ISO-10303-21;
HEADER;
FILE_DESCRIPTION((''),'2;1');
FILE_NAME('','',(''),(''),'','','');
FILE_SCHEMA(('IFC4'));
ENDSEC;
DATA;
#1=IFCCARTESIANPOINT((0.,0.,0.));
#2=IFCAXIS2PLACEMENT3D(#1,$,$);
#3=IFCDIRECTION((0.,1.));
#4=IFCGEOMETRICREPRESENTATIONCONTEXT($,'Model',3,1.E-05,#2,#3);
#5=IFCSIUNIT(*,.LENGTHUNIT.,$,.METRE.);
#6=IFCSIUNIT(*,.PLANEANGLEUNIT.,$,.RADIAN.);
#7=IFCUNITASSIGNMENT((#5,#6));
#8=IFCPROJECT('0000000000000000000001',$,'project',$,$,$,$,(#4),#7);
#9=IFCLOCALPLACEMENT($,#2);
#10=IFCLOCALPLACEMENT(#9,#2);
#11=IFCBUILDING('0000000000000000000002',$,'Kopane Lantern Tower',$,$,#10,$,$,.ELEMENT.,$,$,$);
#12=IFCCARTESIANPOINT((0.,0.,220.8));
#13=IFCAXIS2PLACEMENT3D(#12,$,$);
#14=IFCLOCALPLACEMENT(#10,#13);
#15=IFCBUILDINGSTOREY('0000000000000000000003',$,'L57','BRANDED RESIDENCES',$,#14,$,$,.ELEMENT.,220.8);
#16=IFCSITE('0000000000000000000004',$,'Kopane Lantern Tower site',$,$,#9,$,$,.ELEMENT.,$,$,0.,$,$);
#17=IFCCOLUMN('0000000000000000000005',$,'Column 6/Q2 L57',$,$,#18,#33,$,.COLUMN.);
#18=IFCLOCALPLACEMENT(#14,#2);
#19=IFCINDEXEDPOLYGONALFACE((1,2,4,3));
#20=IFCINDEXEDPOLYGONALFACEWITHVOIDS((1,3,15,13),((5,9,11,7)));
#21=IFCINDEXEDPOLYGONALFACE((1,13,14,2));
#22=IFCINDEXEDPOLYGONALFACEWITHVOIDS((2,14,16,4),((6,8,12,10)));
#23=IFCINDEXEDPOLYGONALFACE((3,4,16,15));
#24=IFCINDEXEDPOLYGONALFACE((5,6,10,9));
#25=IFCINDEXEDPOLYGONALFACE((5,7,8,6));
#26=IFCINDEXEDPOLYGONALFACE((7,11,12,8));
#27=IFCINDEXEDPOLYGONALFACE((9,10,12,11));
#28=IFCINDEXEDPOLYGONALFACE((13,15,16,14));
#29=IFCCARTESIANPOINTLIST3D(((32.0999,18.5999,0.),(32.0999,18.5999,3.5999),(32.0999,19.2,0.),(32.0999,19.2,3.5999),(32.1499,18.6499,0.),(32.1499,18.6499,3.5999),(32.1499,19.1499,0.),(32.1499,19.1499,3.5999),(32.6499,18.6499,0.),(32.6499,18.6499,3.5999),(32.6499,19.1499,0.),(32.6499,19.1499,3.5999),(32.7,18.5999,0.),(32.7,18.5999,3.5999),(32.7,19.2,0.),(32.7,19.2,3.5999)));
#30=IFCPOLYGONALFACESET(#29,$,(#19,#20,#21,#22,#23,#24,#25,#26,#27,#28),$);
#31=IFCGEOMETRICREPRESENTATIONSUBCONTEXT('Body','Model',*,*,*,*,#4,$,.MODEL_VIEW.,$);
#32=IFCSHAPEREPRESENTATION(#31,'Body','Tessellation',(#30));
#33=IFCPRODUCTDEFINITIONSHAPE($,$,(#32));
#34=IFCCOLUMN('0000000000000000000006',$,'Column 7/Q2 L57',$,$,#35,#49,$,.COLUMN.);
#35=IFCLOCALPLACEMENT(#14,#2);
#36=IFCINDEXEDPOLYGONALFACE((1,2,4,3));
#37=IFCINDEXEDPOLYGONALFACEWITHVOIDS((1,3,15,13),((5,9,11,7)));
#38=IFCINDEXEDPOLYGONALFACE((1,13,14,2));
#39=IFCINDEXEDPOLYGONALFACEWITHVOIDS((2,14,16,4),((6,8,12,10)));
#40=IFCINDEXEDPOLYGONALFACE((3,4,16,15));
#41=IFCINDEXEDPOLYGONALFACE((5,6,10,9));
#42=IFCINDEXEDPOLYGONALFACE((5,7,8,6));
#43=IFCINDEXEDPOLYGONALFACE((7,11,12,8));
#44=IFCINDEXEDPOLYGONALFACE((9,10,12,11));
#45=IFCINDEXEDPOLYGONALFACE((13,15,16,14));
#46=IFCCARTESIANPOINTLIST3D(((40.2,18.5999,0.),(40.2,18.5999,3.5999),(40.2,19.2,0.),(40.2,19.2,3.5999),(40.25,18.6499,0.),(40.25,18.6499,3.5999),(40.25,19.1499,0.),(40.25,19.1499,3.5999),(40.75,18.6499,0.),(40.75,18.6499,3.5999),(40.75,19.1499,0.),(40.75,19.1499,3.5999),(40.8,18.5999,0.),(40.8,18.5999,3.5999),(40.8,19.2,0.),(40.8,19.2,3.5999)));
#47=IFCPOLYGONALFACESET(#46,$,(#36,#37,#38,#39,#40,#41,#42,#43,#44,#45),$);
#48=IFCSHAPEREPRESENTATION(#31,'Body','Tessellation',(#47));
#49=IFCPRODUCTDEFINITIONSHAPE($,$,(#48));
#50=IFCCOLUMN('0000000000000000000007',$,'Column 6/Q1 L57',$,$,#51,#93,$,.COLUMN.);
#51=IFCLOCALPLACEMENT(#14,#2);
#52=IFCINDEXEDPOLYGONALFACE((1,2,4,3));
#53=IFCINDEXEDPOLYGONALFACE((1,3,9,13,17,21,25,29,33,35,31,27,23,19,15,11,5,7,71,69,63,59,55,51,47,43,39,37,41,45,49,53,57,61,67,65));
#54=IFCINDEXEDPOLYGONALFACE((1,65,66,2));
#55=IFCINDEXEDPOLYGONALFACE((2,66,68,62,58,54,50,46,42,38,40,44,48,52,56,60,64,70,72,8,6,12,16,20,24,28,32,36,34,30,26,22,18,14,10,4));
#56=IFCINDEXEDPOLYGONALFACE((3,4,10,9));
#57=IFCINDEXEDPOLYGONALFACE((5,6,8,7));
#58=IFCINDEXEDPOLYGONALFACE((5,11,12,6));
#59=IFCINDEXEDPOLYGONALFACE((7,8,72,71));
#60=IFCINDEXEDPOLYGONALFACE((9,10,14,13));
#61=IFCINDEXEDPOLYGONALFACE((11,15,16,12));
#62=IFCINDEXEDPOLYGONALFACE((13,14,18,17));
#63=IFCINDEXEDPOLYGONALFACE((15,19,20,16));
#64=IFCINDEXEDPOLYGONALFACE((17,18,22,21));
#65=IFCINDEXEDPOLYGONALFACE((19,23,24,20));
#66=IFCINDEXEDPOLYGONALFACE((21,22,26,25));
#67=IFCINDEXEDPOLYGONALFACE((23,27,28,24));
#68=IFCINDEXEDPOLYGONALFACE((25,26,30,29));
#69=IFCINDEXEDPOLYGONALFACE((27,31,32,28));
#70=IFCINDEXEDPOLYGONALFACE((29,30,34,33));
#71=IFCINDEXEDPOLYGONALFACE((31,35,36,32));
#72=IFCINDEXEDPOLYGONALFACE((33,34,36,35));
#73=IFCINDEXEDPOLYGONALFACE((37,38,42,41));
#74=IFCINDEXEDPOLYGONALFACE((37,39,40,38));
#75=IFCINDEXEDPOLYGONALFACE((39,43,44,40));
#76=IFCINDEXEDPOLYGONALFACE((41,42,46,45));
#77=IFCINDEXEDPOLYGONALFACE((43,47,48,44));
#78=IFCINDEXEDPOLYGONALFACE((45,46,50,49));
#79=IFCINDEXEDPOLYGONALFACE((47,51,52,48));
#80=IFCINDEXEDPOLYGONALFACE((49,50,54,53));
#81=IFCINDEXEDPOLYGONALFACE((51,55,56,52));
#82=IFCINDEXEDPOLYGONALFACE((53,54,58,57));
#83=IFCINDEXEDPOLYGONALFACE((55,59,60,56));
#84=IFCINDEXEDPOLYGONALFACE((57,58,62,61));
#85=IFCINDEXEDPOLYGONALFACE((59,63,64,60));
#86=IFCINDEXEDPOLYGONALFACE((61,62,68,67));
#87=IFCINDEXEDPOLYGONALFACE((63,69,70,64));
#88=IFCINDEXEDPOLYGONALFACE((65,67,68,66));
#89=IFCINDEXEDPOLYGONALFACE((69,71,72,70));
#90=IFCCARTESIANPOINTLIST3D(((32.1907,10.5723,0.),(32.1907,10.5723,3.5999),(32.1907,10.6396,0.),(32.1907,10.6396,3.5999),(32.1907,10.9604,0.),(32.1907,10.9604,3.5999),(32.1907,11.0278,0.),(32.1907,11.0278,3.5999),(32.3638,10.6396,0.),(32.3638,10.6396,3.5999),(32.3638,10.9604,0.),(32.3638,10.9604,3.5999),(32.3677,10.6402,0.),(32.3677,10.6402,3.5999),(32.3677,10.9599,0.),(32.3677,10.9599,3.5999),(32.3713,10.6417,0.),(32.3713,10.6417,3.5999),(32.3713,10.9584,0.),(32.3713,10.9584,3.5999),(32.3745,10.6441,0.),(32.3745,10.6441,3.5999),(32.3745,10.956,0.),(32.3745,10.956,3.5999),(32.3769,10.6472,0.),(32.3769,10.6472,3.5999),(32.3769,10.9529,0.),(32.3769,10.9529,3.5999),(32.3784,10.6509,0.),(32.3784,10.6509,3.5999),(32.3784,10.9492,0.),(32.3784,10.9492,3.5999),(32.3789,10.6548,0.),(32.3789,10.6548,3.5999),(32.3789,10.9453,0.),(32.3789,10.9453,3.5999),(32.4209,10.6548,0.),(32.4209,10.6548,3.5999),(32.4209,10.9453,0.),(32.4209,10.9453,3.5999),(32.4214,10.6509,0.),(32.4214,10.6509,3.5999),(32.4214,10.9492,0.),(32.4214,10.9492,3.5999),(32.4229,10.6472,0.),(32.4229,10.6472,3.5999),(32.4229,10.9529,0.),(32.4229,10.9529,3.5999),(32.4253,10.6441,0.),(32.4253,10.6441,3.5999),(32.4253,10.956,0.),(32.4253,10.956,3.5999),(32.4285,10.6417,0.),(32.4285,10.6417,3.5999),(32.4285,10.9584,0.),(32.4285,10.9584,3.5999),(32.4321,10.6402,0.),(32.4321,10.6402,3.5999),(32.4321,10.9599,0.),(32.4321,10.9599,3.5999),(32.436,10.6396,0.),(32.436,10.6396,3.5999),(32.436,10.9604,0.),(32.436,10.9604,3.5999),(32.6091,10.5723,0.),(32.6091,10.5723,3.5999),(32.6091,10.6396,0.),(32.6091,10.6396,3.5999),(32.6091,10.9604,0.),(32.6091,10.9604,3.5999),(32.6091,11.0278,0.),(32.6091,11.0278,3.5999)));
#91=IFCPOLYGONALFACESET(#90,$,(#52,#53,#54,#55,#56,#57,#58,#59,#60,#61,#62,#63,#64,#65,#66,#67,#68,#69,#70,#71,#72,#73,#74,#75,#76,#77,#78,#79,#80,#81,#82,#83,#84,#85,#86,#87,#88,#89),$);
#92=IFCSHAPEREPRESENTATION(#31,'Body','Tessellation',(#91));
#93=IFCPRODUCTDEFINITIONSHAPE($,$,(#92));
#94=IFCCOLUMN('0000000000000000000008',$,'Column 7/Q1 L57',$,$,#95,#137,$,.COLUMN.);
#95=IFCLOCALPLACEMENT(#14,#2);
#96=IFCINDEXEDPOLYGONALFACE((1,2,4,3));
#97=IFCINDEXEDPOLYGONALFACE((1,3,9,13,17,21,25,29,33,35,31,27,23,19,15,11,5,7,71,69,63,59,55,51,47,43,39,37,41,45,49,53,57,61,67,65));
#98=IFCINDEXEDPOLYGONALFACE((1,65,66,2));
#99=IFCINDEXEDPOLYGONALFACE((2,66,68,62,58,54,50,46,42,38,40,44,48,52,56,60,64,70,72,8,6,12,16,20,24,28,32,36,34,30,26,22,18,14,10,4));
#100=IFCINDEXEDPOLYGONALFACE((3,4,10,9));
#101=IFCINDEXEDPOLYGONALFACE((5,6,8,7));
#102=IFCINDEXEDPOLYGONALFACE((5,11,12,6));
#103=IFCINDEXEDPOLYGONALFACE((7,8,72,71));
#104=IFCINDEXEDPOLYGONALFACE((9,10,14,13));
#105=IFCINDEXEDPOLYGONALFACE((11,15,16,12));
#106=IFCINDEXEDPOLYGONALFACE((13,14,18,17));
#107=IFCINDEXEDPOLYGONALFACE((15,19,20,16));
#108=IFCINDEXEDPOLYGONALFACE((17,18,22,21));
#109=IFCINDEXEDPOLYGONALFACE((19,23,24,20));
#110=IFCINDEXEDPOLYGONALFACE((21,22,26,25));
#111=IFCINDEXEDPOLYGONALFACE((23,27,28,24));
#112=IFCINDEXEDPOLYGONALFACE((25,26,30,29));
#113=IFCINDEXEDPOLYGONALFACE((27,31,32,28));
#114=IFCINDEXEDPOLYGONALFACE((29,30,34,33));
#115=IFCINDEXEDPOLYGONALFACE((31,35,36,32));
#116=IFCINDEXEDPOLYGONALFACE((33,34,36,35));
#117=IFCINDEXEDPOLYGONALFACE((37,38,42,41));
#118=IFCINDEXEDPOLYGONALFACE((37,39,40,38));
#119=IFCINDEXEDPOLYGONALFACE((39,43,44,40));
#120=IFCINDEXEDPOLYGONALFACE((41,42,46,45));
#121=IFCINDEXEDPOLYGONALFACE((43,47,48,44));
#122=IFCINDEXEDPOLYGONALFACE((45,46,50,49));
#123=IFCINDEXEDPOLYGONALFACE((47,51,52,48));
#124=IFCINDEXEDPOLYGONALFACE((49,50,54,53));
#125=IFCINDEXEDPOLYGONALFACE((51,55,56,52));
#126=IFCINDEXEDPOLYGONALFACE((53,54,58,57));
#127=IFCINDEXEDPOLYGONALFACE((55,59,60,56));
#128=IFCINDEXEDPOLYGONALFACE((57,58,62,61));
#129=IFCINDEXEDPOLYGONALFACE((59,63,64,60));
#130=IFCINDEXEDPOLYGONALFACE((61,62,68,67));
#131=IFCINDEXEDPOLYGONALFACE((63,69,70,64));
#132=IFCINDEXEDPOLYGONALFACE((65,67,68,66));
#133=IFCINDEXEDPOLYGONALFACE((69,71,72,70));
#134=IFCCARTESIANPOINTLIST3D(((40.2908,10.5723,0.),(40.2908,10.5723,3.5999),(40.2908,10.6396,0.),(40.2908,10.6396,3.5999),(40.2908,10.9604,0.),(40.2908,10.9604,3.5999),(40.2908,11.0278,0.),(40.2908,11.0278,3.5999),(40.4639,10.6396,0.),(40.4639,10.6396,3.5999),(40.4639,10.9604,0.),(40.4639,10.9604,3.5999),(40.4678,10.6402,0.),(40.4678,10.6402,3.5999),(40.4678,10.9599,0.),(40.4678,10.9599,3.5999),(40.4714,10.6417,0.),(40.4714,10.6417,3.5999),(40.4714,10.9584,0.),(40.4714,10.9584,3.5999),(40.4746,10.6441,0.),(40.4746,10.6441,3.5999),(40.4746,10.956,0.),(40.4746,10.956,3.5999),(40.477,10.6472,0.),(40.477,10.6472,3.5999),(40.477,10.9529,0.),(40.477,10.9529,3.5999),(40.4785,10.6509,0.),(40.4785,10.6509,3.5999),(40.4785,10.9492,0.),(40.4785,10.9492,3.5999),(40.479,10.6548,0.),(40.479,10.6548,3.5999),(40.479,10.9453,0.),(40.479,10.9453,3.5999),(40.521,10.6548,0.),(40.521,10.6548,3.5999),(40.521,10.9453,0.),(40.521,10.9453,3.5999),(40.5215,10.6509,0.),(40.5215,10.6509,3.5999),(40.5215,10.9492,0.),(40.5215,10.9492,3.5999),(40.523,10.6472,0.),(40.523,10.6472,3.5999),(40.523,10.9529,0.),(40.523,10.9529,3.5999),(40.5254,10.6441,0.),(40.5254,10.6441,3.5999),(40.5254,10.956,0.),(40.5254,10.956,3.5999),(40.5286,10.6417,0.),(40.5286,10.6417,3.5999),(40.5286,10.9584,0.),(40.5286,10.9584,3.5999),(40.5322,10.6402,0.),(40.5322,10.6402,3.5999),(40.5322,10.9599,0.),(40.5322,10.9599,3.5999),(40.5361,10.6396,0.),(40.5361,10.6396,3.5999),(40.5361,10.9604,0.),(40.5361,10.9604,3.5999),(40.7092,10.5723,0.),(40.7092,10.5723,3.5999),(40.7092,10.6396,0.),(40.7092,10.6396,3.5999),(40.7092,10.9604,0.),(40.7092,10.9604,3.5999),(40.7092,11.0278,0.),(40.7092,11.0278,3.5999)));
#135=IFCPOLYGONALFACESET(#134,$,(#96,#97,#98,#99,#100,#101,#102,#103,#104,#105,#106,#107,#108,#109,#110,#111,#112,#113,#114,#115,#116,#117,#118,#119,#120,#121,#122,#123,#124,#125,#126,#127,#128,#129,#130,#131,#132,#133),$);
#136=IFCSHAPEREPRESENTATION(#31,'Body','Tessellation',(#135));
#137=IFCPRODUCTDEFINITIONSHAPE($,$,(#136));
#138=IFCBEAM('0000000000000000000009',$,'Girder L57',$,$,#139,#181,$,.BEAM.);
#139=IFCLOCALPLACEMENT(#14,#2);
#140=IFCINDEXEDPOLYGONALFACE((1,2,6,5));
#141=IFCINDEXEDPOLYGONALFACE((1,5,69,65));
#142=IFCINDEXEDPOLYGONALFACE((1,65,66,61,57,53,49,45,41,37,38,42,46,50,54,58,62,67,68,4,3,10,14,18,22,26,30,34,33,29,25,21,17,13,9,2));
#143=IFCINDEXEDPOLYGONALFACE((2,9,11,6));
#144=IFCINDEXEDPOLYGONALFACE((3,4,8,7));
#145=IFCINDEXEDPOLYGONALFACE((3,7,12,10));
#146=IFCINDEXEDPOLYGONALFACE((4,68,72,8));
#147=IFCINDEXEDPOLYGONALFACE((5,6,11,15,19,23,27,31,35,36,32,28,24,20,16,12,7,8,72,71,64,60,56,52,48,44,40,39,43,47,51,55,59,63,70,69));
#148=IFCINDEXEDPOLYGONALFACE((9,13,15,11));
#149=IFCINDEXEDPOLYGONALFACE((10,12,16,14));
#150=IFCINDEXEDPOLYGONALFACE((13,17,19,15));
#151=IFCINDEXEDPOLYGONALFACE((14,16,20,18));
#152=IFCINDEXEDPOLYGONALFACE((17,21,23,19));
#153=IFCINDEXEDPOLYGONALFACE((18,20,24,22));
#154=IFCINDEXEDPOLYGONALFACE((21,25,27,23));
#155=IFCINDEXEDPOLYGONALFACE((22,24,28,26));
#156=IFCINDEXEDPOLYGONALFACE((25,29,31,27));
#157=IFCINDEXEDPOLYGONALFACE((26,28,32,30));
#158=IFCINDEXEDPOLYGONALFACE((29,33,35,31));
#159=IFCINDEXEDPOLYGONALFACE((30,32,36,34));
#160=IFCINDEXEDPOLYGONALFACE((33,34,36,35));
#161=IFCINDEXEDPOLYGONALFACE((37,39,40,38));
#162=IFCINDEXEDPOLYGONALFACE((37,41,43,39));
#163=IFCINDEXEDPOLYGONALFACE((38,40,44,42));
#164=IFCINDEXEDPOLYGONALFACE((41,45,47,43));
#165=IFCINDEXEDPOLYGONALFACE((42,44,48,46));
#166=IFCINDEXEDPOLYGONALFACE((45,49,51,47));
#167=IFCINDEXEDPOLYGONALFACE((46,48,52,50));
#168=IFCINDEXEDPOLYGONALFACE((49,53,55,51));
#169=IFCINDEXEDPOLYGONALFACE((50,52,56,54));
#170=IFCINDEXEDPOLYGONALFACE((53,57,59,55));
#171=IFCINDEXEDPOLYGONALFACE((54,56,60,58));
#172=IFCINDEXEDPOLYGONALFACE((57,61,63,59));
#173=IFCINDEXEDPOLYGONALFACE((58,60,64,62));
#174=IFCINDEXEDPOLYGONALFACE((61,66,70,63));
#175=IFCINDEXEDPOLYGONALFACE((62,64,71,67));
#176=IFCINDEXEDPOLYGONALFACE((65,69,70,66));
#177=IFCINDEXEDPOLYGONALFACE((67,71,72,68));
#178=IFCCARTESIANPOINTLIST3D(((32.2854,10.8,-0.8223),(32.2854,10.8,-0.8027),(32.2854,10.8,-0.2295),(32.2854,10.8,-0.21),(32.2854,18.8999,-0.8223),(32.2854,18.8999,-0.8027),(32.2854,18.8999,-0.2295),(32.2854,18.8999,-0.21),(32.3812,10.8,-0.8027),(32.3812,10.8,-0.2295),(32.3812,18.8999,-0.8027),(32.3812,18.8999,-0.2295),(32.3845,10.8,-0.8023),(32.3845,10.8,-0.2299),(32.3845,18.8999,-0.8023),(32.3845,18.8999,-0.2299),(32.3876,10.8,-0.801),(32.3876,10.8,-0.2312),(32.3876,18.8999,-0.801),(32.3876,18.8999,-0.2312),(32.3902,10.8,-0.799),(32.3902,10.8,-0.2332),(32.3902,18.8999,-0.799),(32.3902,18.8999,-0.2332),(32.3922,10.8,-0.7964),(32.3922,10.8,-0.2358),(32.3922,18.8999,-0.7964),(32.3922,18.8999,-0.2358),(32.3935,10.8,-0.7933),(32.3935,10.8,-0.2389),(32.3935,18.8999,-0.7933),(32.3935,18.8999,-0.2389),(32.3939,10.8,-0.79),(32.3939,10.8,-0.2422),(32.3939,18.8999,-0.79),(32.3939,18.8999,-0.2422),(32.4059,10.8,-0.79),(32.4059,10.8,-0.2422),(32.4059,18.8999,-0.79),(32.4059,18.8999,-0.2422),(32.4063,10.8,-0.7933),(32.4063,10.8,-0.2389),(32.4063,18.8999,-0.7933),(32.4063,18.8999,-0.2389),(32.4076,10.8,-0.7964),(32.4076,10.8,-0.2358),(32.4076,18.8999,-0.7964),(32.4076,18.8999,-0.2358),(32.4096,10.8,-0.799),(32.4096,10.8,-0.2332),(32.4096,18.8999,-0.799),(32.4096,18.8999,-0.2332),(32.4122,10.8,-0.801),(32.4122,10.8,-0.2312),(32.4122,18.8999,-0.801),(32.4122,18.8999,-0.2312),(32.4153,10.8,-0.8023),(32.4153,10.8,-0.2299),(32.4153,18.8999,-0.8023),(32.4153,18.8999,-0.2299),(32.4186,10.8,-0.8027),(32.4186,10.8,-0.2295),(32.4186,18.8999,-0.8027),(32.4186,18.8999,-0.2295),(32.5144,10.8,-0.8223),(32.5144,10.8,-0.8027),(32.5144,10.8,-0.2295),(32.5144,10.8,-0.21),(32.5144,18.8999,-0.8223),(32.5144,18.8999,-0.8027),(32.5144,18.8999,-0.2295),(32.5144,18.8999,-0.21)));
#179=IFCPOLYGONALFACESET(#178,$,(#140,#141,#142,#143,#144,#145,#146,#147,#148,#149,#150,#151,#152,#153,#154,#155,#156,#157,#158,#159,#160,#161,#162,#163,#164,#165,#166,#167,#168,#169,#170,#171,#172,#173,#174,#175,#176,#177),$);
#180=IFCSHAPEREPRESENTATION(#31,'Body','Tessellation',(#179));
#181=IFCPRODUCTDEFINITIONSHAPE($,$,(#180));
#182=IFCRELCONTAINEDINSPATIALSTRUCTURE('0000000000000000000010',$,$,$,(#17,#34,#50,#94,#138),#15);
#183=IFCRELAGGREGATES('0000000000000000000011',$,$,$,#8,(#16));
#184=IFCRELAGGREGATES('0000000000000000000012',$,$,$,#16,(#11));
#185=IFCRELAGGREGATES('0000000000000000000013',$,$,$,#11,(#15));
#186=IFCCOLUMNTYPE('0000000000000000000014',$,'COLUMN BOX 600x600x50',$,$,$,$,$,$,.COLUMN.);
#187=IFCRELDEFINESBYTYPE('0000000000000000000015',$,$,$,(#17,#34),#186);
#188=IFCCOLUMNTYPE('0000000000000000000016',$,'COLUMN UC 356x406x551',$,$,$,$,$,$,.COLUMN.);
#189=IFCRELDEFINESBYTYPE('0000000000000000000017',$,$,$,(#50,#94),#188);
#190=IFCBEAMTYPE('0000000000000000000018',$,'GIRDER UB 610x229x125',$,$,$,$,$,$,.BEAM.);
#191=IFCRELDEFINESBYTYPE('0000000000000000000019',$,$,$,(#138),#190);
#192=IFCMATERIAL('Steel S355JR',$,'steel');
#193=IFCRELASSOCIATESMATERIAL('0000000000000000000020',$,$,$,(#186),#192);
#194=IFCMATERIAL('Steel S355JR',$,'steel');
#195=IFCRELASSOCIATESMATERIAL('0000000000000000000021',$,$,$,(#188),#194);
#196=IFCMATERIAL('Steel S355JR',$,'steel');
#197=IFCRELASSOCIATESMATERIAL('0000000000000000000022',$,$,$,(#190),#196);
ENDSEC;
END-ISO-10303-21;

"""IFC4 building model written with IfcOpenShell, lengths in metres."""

from ifc_helpers import new_model, si_unit, direction, frame, origin, origin_2d, place, context, subcontext, project, spatial, hollow_rectangle, i_section, extrude, material, material_profile, profile_set, type_object, element, save


model = new_model("IFC4")

# Units and contexts
model_context = context("Model", 3, precision=1e-05, world=origin(), true_north=direction((0.0, 1.0)))
body_context = subcontext(model_context, "Body", "Model", "MODEL_VIEW")
ifc_project = project(units=[si_unit("LENGTHUNIT", "METRE"), si_unit("PLANEANGLEUNIT", "RADIAN")], contexts=[model_context])

# Site, building, storey
site_placement = place(None, origin())
site = spatial("IfcSite", under=ifc_project, at=site_placement, Name="Kopane Lantern Tower site", CompositionType="ELEMENT", RefElevation=0.0)
building_placement = place(site_placement, origin())
building = spatial("IfcBuilding", under=site, at=building_placement, Name="Kopane Lantern Tower", CompositionType="ELEMENT")
storey_placement = place(building_placement, frame((0.0, 0.0, 220.8)))
storey = spatial("IfcBuildingStorey", under=building, at=storey_placement, Name="L57", Description="BRANDED RESIDENCES", CompositionType="ELEMENT", Elevation=220.8)

# Columns
ifc_material_1 = material(Name="Steel S355JR", Category="steel")
ifc_material_profile_1 = material_profile(ifc_material_1, hollow_rectangle(XDim=0.6001, YDim=0.6001, WallThickness=0.05, at=origin_2d()), Name="BOX 600x600x50")
ifc_profile_set_1 = profile_set([ifc_material_profile_1], Name="Steel S355JR")
column_type_1 = type_object("IfcColumnType", Name="COLUMN BOX 600x600x50", PredefinedType="COLUMN", material=ifc_profile_set_1)
for number, where, z_axis, x_axis, name in (
    (1, (32.3999, 18.8999, 0.0), (0.0, 0.0, 1.0), (1.0, 0.0, 0.0), "Column 6/Q2 L57"),
    (2, (40.5, 18.8999, 0.0), (0.0, 0.0, 1.0), (1.0, 0.0, 0.0), "Column 7/Q2 L57"),
):
    element("IfcColumn", number, at=place(storey_placement, frame(where, z_axis=z_axis, x_axis=x_axis)), inside=storey, type_object=column_type_1, Name=name, PredefinedType="COLUMN", context=body_context, shape_type="SweptSolid", body=[
        extrude(hollow_rectangle(XDim=0.6001, YDim=0.6001, WallThickness=0.05, at=origin_2d()), origin(), (0.0, 0.0, 1.0), 3.5999),
    ])
ifc_material_2 = material(Name="Steel S355JR", Category="steel")
ifc_material_profile_2 = material_profile(ifc_material_2, i_section(OverallWidth=0.4185, OverallDepth=0.4556, WebThickness=0.042, FlangeThickness=0.0674, FilletRadius=0.0151, at=origin_2d()), Name="UC 356x406x551")
ifc_profile_set_2 = profile_set([ifc_material_profile_2], Name="Steel S355JR")
column_type_2 = type_object("IfcColumnType", Name="COLUMN UC 356x406x551", PredefinedType="COLUMN", material=ifc_profile_set_2)
for number, where, z_axis, x_axis, name in (
    (3, (32.3999, 10.8, 0.0), (0.0, 0.0, 1.0), (1.0, 0.0, 0.0), "Column 6/Q1 L57"),
    (4, (40.5, 10.8, 0.0), (0.0, 0.0, 1.0), (1.0, 0.0, 0.0), "Column 7/Q1 L57"),
):
    element("IfcColumn", number, at=place(storey_placement, frame(where, z_axis=z_axis, x_axis=x_axis)), inside=storey, type_object=column_type_2, Name=name, PredefinedType="COLUMN", context=body_context, shape_type="SweptSolid", body=[
        extrude(i_section(OverallWidth=0.4185, OverallDepth=0.4556, WebThickness=0.042, FlangeThickness=0.0674, FilletRadius=0.0151, at=origin_2d()), origin(), (0.0, 0.0, 1.0), 3.5999),
    ])

# Beam
ifc_material_3 = material(Name="Steel S355JR", Category="steel")
ifc_material_profile_3 = material_profile(ifc_material_3, i_section(OverallWidth=0.229, OverallDepth=0.6123, WebThickness=0.012, FlangeThickness=0.0195, FilletRadius=0.0127, at=origin_2d()), Name="UB 610x229x125")
ifc_profile_set_3 = profile_set([ifc_material_profile_3], Name="Steel S355JR")
beam_type = type_object("IfcBeamType", Name="GIRDER UB 610x229x125", PredefinedType="BEAM", material=ifc_profile_set_3)
beam_1_placement = place(storey_placement, frame((32.3999, 10.8, -0.5161), z_axis=(0.0, 1.0, 0.0), x_axis=(-1.0, 0.0, 0.0)))
element("IfcBeam", 5, at=beam_1_placement, inside=storey, type_object=beam_type, Name="Girder L57", PredefinedType="BEAM", context=body_context, shape_type="SweptSolid", body=[
    extrude(i_section(OverallWidth=0.229, OverallDepth=0.6123, WebThickness=0.012, FlangeThickness=0.0195, FilletRadius=0.0127, at=origin_2d()), origin(), (0.0, 0.0, 1.0), 8.0999),
])

save(model, "model.ifc")
